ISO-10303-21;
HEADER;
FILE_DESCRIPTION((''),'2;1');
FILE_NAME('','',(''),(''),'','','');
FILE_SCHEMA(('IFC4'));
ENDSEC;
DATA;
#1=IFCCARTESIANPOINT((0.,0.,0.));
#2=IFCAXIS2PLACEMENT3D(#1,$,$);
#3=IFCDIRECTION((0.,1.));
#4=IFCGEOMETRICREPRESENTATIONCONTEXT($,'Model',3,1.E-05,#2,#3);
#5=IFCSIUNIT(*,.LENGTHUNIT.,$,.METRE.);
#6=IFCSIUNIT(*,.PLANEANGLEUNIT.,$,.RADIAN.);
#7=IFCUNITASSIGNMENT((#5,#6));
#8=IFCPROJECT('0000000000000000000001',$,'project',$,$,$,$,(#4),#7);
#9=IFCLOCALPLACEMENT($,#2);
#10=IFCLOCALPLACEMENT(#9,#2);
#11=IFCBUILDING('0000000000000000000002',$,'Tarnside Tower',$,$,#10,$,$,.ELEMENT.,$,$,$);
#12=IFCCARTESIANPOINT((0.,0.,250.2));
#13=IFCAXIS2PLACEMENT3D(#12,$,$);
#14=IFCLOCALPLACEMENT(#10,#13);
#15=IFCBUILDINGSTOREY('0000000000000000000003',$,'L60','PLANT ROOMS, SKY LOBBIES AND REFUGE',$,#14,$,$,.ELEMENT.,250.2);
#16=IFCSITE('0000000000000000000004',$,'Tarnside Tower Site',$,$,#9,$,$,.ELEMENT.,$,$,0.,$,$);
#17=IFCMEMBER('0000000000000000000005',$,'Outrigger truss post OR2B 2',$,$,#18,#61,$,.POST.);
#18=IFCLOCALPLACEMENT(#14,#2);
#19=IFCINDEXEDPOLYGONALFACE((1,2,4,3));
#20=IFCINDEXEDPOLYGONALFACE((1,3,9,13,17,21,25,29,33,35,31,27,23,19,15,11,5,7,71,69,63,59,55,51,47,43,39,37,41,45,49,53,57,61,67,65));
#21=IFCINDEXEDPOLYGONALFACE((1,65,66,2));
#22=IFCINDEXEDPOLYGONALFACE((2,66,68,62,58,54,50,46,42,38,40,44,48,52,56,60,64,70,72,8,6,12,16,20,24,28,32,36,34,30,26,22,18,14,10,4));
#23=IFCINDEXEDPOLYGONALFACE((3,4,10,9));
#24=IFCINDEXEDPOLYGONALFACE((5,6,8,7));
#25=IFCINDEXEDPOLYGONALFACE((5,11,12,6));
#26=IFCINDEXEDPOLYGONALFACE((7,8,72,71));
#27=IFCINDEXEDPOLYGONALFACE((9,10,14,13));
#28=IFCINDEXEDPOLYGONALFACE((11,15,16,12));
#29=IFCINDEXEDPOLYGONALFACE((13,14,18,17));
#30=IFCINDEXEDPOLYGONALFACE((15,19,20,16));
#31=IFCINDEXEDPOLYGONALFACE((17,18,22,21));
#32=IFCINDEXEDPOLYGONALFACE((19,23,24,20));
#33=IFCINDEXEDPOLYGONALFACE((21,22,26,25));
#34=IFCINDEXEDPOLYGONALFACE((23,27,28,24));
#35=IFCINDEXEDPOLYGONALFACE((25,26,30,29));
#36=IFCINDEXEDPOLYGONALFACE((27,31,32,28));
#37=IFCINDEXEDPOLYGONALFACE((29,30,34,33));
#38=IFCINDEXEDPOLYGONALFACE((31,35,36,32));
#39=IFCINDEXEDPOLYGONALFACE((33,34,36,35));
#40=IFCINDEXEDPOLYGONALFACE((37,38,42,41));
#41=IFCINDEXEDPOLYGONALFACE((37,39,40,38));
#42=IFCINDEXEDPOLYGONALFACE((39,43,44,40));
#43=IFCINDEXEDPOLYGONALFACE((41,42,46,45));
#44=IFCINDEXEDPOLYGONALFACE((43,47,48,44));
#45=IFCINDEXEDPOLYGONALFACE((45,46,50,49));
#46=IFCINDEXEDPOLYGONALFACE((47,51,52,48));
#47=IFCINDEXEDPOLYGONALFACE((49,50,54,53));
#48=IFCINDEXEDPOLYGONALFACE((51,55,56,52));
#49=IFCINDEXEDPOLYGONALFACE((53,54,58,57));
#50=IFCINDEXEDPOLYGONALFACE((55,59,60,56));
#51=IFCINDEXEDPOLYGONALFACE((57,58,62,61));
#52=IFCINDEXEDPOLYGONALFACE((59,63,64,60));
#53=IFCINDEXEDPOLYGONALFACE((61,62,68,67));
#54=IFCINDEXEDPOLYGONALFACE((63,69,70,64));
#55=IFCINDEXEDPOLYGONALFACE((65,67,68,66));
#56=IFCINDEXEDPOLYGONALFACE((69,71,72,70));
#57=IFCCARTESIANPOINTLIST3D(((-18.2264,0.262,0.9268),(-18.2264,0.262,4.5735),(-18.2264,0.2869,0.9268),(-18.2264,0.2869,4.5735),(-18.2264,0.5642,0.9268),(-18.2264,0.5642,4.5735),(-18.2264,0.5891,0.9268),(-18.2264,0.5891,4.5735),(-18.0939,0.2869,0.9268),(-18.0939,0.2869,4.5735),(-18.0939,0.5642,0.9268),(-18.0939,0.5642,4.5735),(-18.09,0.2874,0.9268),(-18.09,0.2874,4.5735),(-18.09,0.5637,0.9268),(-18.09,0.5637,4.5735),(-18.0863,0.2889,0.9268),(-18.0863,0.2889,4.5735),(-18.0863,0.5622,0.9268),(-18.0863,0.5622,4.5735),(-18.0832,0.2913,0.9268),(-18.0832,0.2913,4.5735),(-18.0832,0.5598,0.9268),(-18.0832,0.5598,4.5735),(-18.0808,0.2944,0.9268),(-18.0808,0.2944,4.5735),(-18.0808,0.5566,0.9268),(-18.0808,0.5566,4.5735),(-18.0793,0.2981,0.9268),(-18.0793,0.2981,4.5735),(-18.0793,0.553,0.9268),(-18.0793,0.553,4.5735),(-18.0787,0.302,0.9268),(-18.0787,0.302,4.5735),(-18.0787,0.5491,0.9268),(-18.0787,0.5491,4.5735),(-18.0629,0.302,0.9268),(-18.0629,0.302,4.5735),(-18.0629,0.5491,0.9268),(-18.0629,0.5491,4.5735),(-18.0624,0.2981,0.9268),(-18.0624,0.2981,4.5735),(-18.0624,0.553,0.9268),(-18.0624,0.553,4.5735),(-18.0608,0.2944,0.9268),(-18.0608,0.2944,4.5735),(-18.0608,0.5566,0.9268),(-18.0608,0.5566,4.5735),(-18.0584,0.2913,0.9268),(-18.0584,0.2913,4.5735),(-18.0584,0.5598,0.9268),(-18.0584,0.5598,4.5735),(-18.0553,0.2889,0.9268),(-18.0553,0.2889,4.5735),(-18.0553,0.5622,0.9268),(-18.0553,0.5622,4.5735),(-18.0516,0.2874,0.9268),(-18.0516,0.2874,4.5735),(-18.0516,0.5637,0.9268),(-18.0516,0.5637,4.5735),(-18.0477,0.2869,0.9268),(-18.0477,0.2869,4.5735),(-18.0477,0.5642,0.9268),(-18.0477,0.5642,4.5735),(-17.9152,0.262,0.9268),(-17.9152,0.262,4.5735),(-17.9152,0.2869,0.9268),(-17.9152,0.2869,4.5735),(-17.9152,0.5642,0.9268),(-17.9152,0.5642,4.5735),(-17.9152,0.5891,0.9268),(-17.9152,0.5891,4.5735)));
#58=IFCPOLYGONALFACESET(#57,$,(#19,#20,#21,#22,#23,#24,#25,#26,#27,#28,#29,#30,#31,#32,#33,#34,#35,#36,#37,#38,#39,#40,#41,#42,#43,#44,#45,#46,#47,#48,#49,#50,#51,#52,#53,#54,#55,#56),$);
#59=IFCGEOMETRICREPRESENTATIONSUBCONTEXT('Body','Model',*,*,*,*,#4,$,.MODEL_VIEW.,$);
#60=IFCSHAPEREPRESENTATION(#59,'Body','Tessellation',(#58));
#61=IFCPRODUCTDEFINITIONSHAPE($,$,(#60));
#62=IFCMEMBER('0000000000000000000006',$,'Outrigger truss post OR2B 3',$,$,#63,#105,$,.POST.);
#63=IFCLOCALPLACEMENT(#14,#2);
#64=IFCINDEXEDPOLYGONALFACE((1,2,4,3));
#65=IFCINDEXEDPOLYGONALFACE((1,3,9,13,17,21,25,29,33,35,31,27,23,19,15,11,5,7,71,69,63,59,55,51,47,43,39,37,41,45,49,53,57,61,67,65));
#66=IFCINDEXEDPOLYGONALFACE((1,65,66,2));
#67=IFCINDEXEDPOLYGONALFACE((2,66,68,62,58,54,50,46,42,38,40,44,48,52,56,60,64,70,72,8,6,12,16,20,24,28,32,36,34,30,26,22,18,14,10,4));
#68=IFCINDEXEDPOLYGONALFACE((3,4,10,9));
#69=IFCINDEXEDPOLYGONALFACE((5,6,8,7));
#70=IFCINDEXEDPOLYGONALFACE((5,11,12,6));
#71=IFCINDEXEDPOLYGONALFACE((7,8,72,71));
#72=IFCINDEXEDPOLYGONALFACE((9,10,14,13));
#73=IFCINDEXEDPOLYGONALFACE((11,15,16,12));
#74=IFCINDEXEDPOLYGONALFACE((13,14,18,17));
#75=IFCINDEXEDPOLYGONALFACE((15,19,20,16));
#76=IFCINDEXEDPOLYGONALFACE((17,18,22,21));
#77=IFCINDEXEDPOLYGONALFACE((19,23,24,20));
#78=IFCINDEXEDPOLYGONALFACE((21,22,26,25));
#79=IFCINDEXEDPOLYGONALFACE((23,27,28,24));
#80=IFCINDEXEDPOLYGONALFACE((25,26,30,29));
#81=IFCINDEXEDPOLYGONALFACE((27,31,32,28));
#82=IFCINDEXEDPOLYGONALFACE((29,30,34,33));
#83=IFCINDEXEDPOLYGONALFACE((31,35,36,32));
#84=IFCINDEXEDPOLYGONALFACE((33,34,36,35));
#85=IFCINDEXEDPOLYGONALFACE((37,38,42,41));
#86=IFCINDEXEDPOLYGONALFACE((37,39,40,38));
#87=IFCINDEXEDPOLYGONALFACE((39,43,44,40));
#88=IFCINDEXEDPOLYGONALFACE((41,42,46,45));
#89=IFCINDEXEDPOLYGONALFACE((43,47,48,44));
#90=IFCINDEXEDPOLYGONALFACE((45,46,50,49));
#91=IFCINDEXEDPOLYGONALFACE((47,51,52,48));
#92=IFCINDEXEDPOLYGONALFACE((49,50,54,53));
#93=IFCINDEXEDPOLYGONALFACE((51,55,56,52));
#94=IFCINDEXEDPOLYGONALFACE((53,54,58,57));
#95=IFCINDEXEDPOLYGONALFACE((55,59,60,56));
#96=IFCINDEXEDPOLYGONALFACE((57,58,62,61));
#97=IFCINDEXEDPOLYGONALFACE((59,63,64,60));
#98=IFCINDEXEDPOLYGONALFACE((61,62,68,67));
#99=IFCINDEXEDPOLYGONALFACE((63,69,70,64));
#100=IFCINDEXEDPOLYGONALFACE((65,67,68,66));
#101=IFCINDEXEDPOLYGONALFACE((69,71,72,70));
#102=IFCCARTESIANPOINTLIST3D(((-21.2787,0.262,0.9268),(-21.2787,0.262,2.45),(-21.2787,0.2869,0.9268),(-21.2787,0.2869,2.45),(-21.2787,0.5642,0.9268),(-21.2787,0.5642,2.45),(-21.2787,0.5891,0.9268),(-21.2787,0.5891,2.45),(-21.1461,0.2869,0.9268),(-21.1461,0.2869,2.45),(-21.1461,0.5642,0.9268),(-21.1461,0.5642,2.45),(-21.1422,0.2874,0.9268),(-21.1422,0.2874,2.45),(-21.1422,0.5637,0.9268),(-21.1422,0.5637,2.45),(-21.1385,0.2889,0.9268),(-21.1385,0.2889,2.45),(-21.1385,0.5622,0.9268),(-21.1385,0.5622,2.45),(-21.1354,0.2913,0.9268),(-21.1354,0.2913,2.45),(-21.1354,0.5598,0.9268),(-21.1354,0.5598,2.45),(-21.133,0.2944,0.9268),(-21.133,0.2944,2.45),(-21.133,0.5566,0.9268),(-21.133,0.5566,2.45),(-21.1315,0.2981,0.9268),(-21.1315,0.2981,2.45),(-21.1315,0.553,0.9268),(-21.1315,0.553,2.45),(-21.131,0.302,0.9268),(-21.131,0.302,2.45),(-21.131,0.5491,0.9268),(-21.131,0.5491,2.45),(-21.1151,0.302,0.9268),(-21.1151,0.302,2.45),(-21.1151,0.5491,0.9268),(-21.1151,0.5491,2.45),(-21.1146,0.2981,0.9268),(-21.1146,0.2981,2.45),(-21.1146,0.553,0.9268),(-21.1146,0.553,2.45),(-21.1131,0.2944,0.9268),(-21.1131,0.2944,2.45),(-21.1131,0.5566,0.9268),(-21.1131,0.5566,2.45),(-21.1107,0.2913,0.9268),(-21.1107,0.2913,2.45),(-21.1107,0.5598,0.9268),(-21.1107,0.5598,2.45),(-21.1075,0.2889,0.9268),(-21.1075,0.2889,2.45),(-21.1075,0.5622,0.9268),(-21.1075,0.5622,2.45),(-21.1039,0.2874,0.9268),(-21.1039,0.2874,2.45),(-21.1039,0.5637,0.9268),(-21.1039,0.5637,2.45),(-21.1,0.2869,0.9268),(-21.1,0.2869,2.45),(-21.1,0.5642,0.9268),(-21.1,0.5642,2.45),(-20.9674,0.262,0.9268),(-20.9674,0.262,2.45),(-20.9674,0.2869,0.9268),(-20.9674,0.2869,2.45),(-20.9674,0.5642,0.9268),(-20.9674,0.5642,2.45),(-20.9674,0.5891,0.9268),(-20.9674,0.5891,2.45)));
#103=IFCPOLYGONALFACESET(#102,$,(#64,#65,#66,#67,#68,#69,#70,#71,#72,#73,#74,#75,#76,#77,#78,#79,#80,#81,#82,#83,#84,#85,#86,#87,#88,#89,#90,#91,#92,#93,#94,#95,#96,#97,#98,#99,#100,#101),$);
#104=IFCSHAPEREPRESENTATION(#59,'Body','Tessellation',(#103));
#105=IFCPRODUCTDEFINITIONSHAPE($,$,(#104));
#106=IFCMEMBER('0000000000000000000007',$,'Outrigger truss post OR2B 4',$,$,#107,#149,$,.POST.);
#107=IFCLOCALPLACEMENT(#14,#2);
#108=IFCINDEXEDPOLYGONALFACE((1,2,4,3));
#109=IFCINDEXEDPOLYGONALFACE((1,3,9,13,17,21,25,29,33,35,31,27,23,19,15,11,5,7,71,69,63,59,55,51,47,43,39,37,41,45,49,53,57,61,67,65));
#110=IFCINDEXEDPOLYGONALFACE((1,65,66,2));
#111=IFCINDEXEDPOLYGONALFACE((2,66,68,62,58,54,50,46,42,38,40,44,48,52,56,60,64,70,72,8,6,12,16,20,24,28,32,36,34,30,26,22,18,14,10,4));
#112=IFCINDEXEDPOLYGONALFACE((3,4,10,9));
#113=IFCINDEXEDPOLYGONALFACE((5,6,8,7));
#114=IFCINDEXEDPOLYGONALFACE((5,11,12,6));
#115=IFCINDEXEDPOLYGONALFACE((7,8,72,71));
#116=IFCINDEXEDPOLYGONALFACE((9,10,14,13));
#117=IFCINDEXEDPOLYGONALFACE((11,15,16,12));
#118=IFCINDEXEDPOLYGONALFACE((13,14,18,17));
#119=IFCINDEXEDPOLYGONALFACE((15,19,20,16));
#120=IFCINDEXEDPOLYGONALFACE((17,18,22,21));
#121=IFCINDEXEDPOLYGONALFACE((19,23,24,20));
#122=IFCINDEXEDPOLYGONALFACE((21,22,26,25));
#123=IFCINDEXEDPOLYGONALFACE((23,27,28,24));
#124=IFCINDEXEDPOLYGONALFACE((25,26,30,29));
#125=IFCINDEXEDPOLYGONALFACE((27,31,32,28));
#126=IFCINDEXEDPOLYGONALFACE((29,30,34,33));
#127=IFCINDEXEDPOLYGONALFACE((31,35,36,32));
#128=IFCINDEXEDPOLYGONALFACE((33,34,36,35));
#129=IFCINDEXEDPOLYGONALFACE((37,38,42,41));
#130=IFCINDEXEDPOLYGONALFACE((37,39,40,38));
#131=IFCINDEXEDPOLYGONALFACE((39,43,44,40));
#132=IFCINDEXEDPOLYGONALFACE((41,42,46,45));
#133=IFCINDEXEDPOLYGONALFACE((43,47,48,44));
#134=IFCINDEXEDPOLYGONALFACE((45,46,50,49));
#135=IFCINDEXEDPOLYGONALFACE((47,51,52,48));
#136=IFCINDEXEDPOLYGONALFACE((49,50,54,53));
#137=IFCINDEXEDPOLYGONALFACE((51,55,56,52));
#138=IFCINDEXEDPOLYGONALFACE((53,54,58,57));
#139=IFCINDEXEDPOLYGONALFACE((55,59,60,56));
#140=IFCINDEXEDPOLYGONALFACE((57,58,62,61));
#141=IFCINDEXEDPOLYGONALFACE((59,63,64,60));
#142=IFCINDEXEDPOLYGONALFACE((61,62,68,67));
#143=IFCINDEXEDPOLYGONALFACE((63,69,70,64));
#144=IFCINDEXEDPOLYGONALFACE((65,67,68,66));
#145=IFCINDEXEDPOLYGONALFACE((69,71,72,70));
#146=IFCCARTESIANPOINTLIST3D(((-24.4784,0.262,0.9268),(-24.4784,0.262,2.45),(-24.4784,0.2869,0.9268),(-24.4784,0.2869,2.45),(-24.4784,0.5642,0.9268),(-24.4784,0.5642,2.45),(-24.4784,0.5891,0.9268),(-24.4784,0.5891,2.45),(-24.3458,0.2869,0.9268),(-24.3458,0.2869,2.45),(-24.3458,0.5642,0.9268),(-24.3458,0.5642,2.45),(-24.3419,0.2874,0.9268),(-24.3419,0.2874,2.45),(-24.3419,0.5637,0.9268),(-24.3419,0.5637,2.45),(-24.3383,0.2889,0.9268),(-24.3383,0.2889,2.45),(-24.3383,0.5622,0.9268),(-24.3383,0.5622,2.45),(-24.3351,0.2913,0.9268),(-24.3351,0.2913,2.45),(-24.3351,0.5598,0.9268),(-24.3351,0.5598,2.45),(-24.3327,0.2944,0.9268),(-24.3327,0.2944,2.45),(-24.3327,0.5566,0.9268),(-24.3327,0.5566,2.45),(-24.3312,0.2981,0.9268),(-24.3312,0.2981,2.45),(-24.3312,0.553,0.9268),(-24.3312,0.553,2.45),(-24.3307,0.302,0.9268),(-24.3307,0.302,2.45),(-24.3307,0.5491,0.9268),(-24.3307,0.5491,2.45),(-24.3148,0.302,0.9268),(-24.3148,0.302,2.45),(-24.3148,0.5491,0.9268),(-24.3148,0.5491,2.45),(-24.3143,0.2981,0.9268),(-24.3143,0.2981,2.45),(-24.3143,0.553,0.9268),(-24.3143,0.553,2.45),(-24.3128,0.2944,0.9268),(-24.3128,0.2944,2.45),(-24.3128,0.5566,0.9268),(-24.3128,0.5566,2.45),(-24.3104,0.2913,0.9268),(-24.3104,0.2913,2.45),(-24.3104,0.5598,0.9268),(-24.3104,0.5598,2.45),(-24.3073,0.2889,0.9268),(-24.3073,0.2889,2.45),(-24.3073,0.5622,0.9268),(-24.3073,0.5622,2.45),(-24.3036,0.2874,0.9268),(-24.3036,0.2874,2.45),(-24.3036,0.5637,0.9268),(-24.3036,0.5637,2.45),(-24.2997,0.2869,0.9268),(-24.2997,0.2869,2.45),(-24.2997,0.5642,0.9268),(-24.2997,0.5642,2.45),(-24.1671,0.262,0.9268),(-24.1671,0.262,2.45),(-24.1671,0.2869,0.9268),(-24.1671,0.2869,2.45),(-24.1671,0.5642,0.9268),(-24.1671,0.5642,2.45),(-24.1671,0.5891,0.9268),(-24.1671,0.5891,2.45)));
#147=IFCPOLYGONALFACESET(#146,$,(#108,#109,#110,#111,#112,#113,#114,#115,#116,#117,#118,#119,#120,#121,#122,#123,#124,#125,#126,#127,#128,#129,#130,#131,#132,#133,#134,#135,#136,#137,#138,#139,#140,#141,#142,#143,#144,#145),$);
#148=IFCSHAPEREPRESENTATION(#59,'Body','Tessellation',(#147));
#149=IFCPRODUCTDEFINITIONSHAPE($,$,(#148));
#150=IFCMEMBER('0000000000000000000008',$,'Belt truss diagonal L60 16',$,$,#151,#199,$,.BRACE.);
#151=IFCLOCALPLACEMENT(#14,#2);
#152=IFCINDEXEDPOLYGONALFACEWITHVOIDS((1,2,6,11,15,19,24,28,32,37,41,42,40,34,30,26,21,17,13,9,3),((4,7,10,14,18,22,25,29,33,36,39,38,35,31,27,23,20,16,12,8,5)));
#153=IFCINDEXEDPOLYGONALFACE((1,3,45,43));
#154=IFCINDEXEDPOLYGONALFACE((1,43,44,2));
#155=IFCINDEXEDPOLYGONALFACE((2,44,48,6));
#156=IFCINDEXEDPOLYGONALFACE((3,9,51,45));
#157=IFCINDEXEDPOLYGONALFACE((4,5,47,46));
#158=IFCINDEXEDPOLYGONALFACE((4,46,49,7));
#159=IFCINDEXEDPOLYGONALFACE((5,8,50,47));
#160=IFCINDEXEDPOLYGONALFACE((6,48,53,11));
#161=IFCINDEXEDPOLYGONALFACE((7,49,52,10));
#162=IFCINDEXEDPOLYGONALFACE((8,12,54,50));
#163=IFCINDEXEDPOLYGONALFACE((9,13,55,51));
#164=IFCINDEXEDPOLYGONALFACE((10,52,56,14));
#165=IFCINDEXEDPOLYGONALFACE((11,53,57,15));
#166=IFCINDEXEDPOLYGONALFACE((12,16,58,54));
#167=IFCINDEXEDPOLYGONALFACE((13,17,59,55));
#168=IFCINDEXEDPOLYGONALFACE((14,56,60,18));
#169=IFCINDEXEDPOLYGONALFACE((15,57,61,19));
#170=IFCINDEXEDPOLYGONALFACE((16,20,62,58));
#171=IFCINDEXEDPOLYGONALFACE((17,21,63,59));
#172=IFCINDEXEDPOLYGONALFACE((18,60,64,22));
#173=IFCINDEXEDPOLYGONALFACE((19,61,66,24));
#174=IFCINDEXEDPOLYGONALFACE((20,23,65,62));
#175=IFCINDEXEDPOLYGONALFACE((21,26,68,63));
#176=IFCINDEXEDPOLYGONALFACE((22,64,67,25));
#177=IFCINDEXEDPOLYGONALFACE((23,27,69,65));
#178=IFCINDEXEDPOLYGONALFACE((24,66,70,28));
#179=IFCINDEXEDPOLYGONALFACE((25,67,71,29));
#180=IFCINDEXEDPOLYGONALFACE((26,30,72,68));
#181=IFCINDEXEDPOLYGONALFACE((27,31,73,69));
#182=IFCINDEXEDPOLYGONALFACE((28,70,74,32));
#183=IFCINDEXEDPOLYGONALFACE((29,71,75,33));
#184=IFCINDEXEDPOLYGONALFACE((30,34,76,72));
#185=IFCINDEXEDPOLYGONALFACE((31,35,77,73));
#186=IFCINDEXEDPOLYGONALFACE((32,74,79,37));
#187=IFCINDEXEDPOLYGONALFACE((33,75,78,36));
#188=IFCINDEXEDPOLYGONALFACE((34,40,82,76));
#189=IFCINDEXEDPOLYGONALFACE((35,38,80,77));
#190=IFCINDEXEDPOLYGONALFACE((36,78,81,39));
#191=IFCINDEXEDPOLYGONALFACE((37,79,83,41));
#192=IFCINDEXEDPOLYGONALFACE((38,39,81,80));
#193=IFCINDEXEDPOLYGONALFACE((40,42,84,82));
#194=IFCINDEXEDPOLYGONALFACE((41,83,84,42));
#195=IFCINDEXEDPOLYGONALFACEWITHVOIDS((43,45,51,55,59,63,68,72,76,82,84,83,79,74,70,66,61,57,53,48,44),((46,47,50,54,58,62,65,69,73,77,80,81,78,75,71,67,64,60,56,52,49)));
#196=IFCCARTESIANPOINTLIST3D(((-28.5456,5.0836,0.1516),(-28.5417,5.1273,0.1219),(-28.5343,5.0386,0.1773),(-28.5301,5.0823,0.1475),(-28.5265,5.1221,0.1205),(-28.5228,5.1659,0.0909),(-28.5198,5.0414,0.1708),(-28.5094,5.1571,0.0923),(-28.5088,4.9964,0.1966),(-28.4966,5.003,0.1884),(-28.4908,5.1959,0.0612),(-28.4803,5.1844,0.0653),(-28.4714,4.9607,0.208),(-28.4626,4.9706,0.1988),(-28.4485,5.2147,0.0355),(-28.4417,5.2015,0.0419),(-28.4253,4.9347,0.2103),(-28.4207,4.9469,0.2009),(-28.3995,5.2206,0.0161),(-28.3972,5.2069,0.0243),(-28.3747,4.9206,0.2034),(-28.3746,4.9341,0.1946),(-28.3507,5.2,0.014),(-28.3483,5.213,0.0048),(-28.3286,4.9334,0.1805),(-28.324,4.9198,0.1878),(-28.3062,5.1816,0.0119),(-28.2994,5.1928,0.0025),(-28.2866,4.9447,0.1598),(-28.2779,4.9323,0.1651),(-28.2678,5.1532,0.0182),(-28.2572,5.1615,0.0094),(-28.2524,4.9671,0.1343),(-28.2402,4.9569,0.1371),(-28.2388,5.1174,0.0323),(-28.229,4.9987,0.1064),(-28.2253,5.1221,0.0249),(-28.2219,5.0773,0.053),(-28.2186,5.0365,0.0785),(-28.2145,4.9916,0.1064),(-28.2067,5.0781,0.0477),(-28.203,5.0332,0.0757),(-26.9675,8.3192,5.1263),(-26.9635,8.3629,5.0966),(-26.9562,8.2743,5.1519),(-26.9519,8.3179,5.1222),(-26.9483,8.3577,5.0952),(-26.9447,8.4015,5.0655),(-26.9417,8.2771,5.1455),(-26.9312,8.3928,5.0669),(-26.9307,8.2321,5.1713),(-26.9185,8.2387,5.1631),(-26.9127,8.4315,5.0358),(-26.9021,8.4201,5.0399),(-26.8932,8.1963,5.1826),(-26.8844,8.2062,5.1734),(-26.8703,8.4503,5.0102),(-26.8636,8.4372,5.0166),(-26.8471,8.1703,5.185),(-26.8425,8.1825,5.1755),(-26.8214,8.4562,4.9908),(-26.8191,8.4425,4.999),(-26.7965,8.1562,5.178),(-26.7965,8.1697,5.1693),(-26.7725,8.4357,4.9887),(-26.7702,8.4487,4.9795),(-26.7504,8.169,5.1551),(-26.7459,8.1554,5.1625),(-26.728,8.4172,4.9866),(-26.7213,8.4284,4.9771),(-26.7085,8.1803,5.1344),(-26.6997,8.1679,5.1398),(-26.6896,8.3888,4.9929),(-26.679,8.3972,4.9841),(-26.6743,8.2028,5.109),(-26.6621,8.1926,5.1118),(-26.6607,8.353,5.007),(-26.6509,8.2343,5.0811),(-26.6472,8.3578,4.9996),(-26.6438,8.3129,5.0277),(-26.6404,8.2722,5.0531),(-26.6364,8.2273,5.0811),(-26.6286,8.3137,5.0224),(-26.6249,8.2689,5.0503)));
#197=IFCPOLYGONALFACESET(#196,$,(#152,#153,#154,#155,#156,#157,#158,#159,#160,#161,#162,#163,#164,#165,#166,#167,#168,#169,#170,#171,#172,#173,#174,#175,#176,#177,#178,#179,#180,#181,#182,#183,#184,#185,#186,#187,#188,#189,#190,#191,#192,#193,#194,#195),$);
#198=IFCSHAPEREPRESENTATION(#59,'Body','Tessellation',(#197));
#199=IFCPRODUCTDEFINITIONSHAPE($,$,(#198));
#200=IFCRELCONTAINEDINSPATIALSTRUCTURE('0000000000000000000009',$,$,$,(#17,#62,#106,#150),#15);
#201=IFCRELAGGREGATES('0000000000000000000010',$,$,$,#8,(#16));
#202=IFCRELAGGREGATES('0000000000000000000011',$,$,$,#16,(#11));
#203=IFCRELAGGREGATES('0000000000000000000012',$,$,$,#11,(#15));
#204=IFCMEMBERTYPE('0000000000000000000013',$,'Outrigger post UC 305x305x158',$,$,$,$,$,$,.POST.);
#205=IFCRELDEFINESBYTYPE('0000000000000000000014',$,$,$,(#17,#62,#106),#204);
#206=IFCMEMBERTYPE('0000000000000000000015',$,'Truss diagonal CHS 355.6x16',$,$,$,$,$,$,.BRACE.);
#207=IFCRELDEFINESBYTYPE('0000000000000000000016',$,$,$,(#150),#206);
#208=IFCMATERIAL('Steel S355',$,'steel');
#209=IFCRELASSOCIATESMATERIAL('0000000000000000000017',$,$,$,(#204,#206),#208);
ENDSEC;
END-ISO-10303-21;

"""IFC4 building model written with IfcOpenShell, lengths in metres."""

from ifc_helpers import new_model, si_unit, direction, frame, origin, origin_2d, place, context, subcontext, project, spatial, hollow_circle, i_section, extrude, material, material_profile, profile_set, type_object, element, save


model = new_model("IFC4")

# Units and contexts
model_context = context("Model", 3, precision=1e-05, world=origin(), true_north=direction((0.0, 1.0)))
body_context = subcontext(model_context, "Body", "Model", "MODEL_VIEW")
ifc_project = project(units=[si_unit("LENGTHUNIT", "METRE"), si_unit("PLANEANGLEUNIT", "RADIAN")], contexts=[model_context])

# Site, building, storey
site_placement = place(None, origin())
site = spatial("IfcSite", under=ifc_project, at=site_placement, Name="Tarnside Tower Site", CompositionType="ELEMENT", RefElevation=0.0)
building_placement = place(site_placement, origin())
building = spatial("IfcBuilding", under=site, at=building_placement, Name="Tarnside Tower", CompositionType="ELEMENT")
storey_placement = place(building_placement, frame((0.0, 0.0, 250.2)))
storey = spatial("IfcBuildingStorey", under=building, at=storey_placement, Name="L60", Description="PLANT ROOMS, SKY LOBBIES AND REFUGE", CompositionType="ELEMENT", Elevation=250.2)

# Members
ifc_material_1 = material(Name="Steel S355", Category="steel")
ifc_material_profile_1 = material_profile(ifc_material_1, i_section(OverallWidth=0.3113, OverallDepth=0.3271, WebThickness=0.0159, FlangeThickness=0.0249, FilletRadius=0.0151, at=origin_2d()), Name="UC 305x305x158")
ifc_profile_set_1 = profile_set([ifc_material_profile_1], Name="Steel S355")
member_type_1 = type_object("IfcMemberType", Name="Outrigger post UC 305x305x158", PredefinedType="POST", material=ifc_profile_set_1)
member_1_placement = place(storey_placement, frame((-18.0708, 0.4255, 0.9268), z_axis=(0.0, 0.0, 1.0), x_axis=(-1.0, 0.0, 0.0)))
element("IfcMember", 1, at=member_1_placement, inside=storey, type_object=member_type_1, Name="Outrigger truss post OR2B 2", PredefinedType="POST", context=body_context, shape_type="SweptSolid", body=[
    extrude(i_section(OverallWidth=0.3113, OverallDepth=0.3271, WebThickness=0.0159, FlangeThickness=0.0249, FilletRadius=0.0151, at=origin_2d()), origin(), (0.0, 0.0, 1.0), 3.6467),
])
for number, where, z_axis, x_axis, name in (
    (2, (-21.123, 0.4255, 0.9268), (0.0, 0.0, 1.0), (-1.0, 0.0, 0.0), "Outrigger truss post OR2B 3"),
    (3, (-24.3228, 0.4255, 0.9268), (0.0, 0.0, 1.0), (-1.0, 0.0, 0.0), "Outrigger truss post OR2B 4"),
):
    element("IfcMember", number, at=place(storey_placement, frame(where, z_axis=z_axis, x_axis=x_axis)), inside=storey, type_object=member_type_1, Name=name, PredefinedType="POST", context=body_context, shape_type="SweptSolid", body=[
        extrude(i_section(OverallWidth=0.3113, OverallDepth=0.3271, WebThickness=0.0159, FlangeThickness=0.0249, FilletRadius=0.0151, at=origin_2d()), origin(), (0.0, 0.0, 1.0), 1.5232),
    ])
ifc_material_profile_2 = material_profile(ifc_material_1, hollow_circle(Radius=0.1777, WallThickness=0.0161, at=origin_2d()), Name="CHS 355.6x16")
ifc_profile_set_2 = profile_set([ifc_material_profile_2], Name="Steel S355")
member_type_2 = type_object("IfcMemberType", Name="Truss diagonal CHS 355.6x16", PredefinedType="BRACE", material=ifc_profile_set_2)
member_2_placement = place(storey_placement, frame((-26.7961, 8.3052, 5.0811), z_axis=(-0.257001, -0.526923, -0.810125), x_axis=(0.898792, -0.438376, 0.0)))
element("IfcMember", 4, at=member_2_placement, inside=storey, type_object=member_type_2, Name="Belt truss diagonal L60 16", PredefinedType="BRACE", context=body_context, shape_type="SweptSolid", body=[
    extrude(hollow_circle(Radius=0.1777, WallThickness=0.0161, at=origin_2d()), origin(), (0.0, 0.0, 1.0), 6.1406),
])

save(model, "model.ifc")
